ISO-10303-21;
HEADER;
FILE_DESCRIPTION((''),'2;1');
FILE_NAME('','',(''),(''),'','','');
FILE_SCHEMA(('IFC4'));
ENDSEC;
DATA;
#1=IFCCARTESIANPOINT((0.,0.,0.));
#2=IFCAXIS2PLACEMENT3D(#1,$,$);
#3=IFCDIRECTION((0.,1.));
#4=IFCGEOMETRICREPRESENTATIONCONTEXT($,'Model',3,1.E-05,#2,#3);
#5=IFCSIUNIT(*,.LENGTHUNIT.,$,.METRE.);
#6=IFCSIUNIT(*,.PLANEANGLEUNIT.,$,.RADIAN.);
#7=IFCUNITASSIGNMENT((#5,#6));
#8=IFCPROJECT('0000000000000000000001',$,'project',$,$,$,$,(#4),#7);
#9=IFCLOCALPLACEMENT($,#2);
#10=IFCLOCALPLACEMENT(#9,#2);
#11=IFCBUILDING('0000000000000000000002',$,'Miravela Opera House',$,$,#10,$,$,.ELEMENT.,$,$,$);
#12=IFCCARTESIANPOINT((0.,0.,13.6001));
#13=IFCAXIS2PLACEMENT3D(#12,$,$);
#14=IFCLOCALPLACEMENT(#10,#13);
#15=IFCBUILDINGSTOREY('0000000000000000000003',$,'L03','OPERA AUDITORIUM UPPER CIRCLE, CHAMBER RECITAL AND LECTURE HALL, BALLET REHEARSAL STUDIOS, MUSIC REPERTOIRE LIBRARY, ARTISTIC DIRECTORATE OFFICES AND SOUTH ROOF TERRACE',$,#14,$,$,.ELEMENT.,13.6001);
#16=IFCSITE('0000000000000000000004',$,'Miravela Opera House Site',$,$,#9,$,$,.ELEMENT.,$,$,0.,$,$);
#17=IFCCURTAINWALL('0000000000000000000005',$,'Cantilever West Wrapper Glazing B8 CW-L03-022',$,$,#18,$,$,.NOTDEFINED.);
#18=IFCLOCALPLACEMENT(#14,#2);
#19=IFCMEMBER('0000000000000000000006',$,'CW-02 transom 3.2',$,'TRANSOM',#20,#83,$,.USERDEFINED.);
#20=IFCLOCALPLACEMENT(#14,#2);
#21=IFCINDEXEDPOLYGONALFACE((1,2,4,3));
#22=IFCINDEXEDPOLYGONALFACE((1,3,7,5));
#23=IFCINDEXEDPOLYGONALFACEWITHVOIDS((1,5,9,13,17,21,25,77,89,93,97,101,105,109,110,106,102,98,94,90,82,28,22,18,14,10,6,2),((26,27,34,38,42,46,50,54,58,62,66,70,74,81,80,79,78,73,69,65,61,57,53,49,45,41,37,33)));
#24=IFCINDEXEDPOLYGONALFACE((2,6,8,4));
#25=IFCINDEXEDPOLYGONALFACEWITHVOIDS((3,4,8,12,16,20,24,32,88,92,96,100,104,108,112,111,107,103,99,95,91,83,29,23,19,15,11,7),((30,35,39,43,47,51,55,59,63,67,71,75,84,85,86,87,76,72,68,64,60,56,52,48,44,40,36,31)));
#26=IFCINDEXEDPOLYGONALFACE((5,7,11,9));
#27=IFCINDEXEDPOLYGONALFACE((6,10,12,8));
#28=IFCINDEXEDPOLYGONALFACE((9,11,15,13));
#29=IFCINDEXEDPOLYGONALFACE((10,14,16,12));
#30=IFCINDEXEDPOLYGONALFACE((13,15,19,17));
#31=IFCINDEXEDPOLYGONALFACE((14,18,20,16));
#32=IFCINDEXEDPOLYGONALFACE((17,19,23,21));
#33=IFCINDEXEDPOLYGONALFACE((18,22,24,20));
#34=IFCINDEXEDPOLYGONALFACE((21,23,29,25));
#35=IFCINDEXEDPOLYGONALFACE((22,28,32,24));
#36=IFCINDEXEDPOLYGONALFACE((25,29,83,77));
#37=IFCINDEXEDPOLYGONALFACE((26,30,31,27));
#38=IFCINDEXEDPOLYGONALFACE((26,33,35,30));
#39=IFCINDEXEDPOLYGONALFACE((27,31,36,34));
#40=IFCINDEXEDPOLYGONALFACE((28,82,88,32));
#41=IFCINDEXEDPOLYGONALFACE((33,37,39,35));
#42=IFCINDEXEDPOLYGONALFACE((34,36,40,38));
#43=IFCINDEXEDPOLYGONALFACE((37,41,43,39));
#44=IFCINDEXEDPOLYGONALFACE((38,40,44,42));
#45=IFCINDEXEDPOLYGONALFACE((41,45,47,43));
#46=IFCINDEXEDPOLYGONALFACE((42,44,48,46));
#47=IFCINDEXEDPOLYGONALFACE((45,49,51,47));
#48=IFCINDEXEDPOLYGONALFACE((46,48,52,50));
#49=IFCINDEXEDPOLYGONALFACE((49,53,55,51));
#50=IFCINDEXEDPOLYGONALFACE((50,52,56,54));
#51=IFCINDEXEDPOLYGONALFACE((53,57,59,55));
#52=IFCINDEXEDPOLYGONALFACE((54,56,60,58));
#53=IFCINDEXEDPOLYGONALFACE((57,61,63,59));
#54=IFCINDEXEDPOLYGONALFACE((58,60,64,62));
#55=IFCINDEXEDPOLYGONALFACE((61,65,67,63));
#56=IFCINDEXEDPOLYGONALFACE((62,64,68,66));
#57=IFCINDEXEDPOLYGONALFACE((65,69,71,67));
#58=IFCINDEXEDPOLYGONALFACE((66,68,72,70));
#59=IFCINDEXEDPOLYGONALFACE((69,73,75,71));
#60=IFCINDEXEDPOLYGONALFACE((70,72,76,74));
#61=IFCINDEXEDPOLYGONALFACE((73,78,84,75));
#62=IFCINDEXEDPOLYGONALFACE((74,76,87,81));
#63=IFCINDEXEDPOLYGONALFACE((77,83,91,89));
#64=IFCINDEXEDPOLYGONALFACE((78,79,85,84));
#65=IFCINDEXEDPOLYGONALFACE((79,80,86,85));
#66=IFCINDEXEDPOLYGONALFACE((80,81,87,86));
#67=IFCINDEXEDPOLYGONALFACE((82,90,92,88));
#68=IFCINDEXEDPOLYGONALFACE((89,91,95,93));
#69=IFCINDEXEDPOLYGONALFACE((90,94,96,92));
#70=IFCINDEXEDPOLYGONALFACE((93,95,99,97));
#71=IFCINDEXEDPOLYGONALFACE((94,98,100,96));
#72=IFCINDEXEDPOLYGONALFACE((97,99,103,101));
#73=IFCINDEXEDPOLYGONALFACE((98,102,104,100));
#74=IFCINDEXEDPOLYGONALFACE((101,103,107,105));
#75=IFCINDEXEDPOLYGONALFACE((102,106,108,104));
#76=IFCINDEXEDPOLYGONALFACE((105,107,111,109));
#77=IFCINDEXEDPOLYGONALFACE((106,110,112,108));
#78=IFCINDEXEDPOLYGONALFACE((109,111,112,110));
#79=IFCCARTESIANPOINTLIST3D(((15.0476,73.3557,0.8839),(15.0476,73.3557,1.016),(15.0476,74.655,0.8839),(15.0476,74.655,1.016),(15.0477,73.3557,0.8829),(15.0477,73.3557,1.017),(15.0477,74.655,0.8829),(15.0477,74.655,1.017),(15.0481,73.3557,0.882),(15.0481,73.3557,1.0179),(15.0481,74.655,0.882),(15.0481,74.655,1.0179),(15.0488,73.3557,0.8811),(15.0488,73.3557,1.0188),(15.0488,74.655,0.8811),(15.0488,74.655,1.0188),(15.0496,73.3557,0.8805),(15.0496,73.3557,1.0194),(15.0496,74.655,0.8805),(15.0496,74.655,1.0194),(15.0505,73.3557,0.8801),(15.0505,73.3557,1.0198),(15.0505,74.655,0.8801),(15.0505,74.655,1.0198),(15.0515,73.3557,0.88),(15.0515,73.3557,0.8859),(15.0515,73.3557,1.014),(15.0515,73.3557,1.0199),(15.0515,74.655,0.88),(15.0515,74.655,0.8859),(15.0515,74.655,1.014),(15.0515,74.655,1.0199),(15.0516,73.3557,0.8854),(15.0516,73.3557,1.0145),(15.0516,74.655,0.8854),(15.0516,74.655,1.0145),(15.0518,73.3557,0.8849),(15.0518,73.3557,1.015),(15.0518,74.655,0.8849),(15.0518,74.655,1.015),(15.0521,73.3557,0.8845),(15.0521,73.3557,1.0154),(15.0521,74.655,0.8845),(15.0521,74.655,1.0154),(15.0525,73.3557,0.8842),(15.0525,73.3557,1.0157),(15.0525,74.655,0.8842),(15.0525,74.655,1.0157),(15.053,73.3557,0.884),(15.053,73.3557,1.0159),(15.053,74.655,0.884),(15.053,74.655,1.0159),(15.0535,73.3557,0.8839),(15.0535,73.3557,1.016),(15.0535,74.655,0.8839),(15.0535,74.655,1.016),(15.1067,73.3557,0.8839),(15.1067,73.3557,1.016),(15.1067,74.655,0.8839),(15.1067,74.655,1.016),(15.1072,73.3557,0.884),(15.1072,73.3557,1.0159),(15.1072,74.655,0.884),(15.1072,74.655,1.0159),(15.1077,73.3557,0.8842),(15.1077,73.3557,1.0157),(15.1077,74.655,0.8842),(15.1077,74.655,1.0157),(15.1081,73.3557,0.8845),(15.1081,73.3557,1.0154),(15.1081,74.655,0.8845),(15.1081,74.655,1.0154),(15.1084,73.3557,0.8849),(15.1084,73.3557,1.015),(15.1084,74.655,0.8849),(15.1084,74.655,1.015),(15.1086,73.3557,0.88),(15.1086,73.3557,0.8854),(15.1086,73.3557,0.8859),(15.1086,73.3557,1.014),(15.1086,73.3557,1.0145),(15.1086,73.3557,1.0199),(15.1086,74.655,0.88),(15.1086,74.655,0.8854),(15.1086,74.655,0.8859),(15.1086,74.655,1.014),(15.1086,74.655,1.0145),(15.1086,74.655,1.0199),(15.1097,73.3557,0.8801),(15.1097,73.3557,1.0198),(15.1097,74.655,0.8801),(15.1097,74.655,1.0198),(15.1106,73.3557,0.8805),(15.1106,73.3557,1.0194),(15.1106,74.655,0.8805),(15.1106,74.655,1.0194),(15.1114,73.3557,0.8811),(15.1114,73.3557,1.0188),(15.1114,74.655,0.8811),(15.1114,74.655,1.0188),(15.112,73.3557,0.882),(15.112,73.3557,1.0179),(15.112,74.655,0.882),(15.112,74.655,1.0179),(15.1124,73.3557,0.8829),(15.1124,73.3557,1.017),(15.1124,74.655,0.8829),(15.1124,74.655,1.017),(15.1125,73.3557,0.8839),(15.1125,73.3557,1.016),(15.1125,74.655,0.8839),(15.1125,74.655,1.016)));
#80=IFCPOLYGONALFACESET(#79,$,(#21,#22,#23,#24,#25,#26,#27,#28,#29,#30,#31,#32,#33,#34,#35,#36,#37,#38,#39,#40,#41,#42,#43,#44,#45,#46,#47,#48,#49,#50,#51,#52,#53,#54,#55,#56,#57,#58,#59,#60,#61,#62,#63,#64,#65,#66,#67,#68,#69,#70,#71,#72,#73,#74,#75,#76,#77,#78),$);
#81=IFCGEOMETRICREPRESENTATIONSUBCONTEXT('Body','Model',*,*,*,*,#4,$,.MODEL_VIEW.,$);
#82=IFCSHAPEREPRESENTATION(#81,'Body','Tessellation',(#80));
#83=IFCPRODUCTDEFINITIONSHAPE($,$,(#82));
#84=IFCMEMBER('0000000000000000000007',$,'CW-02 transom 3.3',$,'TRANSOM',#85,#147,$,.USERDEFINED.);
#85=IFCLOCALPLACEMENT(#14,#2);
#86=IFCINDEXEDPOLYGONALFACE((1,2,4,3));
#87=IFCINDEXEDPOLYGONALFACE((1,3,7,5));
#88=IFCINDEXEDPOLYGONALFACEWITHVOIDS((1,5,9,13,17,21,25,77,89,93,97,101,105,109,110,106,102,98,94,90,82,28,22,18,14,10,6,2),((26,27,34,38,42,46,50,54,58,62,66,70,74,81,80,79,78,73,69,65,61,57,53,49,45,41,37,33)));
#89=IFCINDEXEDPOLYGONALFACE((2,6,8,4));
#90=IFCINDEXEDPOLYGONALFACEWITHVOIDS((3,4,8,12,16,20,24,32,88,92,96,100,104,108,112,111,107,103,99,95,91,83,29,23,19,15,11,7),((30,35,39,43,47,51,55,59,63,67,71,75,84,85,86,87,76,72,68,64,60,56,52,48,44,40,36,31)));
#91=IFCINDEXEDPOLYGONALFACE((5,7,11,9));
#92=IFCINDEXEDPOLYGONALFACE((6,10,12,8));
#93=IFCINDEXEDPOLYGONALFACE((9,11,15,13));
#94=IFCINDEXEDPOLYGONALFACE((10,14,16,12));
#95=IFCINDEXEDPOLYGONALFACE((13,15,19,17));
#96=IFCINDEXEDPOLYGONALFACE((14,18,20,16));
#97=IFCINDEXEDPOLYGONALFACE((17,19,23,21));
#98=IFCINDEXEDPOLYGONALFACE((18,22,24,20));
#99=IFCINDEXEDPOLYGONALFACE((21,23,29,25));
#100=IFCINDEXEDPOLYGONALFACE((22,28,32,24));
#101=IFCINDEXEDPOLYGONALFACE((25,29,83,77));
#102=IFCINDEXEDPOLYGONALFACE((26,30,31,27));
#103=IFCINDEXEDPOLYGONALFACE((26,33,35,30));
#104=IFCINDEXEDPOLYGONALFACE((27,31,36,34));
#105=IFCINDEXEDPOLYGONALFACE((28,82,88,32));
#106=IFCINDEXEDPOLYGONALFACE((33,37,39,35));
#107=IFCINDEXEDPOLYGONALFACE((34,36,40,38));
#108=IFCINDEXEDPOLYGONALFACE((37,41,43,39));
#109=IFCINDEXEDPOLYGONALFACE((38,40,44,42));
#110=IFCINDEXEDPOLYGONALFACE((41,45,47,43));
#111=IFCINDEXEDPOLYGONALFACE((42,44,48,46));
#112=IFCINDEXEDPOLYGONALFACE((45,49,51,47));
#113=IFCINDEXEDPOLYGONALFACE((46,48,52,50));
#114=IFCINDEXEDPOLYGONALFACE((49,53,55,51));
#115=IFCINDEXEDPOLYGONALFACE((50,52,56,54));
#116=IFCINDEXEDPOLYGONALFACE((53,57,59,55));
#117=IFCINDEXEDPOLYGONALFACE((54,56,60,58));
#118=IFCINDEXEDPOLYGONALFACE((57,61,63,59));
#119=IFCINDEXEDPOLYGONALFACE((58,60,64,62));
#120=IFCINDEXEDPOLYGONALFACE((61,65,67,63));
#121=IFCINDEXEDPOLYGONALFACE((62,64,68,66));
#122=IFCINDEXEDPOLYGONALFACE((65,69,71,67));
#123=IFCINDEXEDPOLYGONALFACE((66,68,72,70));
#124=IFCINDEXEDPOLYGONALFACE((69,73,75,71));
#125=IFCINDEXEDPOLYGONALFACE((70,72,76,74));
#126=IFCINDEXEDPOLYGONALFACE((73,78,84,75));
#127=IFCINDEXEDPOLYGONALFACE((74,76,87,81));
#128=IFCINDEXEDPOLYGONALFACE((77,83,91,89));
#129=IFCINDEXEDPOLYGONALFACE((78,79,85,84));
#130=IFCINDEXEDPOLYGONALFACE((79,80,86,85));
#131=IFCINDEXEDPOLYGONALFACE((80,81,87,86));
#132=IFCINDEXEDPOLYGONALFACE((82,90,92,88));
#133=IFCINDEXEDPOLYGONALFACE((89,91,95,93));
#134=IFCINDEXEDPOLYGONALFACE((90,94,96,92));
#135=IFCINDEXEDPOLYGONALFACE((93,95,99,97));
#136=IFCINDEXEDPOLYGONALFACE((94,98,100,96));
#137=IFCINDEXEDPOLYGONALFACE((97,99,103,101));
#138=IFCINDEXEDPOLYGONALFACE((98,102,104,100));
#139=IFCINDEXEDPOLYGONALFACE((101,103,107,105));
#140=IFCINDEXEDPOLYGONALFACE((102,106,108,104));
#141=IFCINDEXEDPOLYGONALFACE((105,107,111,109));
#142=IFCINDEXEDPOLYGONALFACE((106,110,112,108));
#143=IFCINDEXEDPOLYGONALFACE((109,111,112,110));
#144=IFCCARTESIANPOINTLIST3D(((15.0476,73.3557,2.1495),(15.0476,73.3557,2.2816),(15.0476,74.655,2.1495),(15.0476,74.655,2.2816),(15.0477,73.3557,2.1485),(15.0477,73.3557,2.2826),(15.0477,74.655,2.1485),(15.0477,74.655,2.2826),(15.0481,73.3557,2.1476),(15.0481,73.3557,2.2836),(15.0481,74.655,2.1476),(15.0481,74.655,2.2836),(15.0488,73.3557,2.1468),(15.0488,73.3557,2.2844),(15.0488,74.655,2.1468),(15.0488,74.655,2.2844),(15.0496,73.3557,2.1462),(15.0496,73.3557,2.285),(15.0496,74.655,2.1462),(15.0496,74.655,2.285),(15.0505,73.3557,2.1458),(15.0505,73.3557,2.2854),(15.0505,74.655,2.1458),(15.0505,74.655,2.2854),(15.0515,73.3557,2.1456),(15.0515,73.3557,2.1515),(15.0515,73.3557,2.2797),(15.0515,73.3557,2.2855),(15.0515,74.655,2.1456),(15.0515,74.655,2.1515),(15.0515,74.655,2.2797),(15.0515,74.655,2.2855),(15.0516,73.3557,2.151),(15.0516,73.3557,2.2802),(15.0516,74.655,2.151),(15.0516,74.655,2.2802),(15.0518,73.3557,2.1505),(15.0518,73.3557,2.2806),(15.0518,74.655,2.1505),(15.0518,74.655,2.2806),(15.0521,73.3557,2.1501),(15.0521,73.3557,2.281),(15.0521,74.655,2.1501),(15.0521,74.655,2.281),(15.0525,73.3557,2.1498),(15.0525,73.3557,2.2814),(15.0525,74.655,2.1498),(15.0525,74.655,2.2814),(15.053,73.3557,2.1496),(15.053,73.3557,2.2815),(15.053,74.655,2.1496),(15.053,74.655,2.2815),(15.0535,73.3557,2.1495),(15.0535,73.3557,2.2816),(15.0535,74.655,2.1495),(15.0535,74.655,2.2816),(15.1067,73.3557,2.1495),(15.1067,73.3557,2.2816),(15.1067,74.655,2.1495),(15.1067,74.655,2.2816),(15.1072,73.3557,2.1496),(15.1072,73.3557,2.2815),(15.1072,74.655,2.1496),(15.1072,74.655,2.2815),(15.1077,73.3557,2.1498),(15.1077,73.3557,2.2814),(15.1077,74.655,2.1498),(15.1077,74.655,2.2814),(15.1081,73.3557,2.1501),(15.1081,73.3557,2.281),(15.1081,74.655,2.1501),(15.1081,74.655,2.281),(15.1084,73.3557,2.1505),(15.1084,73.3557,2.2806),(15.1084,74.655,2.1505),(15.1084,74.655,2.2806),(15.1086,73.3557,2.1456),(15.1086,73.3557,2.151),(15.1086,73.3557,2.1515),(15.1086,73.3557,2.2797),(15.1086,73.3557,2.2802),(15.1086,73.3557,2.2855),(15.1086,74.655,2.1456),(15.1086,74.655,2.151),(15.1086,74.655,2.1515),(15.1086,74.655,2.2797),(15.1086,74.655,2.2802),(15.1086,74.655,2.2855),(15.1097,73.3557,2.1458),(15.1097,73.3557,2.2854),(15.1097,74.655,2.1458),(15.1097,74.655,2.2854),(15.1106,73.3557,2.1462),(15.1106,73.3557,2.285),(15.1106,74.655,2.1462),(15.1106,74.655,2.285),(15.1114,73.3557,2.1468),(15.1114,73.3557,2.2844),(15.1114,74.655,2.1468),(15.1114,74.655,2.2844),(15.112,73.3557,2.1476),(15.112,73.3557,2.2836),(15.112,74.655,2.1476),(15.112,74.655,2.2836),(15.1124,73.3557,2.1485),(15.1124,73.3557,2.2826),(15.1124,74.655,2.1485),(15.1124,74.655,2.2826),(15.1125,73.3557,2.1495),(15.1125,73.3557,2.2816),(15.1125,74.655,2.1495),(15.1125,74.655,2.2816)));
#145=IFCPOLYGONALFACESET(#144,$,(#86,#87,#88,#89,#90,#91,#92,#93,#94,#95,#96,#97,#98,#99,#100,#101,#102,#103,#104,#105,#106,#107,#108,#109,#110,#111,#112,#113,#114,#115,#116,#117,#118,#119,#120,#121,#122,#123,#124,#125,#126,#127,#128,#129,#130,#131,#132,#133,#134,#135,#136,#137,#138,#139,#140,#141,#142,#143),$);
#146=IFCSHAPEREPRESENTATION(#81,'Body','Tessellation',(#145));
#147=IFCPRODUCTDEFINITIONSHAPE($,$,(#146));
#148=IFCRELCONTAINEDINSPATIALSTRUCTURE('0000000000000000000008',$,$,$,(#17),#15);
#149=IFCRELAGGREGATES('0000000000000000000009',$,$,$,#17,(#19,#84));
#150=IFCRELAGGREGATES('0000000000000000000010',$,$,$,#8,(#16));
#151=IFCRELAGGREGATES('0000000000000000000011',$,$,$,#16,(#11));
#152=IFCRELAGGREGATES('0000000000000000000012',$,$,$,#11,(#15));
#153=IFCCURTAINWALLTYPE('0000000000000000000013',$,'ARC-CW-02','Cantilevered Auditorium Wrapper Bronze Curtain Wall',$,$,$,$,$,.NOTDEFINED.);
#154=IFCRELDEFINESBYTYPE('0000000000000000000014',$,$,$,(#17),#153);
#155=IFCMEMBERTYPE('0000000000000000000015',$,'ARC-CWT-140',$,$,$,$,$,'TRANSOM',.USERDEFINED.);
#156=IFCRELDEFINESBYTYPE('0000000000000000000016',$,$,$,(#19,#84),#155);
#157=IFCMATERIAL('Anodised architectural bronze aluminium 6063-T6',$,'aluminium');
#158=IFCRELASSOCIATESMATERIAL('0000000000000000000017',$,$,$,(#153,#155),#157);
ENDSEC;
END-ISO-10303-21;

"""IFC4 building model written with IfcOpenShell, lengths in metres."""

from ifc_helpers import new_model, si_unit, direction, frame, origin, origin_2d, place, context, subcontext, project, spatial, hollow_rectangle, extrude, material, material_profile, profile_set, type_object, element, aggregate, save


model = new_model("IFC4")

# Units and contexts
model_context = context("Model", 3, precision=1e-05, world=origin(), true_north=direction((0.0, 1.0)))
body_context = subcontext(model_context, "Body", "Model", "MODEL_VIEW")
ifc_project = project(units=[si_unit("LENGTHUNIT", "METRE"), si_unit("PLANEANGLEUNIT", "RADIAN")], contexts=[model_context])

# Site, building, storey
site_placement = place(None, origin())
site = spatial("IfcSite", under=ifc_project, at=site_placement, Name="Miravela Opera House Site", CompositionType="ELEMENT", RefElevation=0.0)
building_placement = place(site_placement, origin())
building = spatial("IfcBuilding", under=site, at=building_placement, Name="Miravela Opera House", CompositionType="ELEMENT")
storey_placement = place(building_placement, frame((0.0, 0.0, 13.6001)))
storey = spatial("IfcBuildingStorey", under=building, at=storey_placement, Name="L03", Description="OPERA AUDITORIUM UPPER CIRCLE, CHAMBER RECITAL AND LECTURE HALL, BALLET REHEARSAL STUDIOS, MUSIC REPERTOIRE LIBRARY, ARTISTIC DIRECTORATE OFFICES AND SOUTH ROOF TERRACE", CompositionType="ELEMENT", Elevation=13.6001)

# Curtain wall
ifc_material_1 = material(Name="Anodised architectural bronze aluminium 6063-T6", Category="aluminium")
curtain_wall_type = type_object("IfcCurtainWallType", Name="ARC-CW-02", Description="Cantilevered Auditorium Wrapper Bronze Curtain Wall", PredefinedType="NOTDEFINED", material=ifc_material_1)
curtain_wall_1_placement = place(storey_placement, origin())
curtain_wall_1 = element("IfcCurtainWall", 1, at=curtain_wall_1_placement, inside=storey, type_object=curtain_wall_type, Name="Cantilever West Wrapper Glazing B8 CW-L03-022", PredefinedType="NOTDEFINED")

# Members
ifc_material_profile_1 = material_profile(ifc_material_1, hollow_rectangle(XDim=0.0649, YDim=0.1399, WallThickness=0.0039, InnerFilletRadius=0.002, OuterFilletRadius=0.0039, at=origin_2d()), Name="CWT-65X140")
ifc_profile_set_1 = profile_set([ifc_material_profile_1])
member_type_1 = type_object("IfcMemberType", Name="ARC-CWT-140", ElementType="TRANSOM", PredefinedType="USERDEFINED", material=ifc_profile_set_1)
member_1_placement = place(storey_placement, frame((15.0801, 73.3557, 0.95), z_axis=(0.0, 1.0, 0.0), x_axis=(-1.0, 0.0, 0.0)))
member_1 = element("IfcMember", 2, at=member_1_placement, type_object=member_type_1, Name="CW-02 transom 3.2", ObjectType="TRANSOM", PredefinedType="USERDEFINED", context=body_context, shape_type="SweptSolid", body=[
    extrude(hollow_rectangle(XDim=0.0649, YDim=0.1399, WallThickness=0.0039, InnerFilletRadius=0.002, OuterFilletRadius=0.0039, at=origin_2d()), origin(), (0.0, 0.0, 1.0), 1.2993),
])
member_2_placement = place(storey_placement, frame((15.0801, 73.3557, 2.2156), z_axis=(0.0, 1.0, 0.0), x_axis=(-1.0, 0.0, 0.0)))
member_2 = element("IfcMember", 3, at=member_2_placement, type_object=member_type_1, Name="CW-02 transom 3.3", ObjectType="TRANSOM", PredefinedType="USERDEFINED", context=body_context, shape_type="SweptSolid", body=[
    extrude(hollow_rectangle(XDim=0.0649, YDim=0.1399, WallThickness=0.0039, InnerFilletRadius=0.002, OuterFilletRadius=0.0039, at=origin_2d()), origin(), (0.0, 0.0, 1.0), 1.2993),
])

aggregate(curtain_wall_1, [member_1, member_2])

save(model, "model.ifc")
